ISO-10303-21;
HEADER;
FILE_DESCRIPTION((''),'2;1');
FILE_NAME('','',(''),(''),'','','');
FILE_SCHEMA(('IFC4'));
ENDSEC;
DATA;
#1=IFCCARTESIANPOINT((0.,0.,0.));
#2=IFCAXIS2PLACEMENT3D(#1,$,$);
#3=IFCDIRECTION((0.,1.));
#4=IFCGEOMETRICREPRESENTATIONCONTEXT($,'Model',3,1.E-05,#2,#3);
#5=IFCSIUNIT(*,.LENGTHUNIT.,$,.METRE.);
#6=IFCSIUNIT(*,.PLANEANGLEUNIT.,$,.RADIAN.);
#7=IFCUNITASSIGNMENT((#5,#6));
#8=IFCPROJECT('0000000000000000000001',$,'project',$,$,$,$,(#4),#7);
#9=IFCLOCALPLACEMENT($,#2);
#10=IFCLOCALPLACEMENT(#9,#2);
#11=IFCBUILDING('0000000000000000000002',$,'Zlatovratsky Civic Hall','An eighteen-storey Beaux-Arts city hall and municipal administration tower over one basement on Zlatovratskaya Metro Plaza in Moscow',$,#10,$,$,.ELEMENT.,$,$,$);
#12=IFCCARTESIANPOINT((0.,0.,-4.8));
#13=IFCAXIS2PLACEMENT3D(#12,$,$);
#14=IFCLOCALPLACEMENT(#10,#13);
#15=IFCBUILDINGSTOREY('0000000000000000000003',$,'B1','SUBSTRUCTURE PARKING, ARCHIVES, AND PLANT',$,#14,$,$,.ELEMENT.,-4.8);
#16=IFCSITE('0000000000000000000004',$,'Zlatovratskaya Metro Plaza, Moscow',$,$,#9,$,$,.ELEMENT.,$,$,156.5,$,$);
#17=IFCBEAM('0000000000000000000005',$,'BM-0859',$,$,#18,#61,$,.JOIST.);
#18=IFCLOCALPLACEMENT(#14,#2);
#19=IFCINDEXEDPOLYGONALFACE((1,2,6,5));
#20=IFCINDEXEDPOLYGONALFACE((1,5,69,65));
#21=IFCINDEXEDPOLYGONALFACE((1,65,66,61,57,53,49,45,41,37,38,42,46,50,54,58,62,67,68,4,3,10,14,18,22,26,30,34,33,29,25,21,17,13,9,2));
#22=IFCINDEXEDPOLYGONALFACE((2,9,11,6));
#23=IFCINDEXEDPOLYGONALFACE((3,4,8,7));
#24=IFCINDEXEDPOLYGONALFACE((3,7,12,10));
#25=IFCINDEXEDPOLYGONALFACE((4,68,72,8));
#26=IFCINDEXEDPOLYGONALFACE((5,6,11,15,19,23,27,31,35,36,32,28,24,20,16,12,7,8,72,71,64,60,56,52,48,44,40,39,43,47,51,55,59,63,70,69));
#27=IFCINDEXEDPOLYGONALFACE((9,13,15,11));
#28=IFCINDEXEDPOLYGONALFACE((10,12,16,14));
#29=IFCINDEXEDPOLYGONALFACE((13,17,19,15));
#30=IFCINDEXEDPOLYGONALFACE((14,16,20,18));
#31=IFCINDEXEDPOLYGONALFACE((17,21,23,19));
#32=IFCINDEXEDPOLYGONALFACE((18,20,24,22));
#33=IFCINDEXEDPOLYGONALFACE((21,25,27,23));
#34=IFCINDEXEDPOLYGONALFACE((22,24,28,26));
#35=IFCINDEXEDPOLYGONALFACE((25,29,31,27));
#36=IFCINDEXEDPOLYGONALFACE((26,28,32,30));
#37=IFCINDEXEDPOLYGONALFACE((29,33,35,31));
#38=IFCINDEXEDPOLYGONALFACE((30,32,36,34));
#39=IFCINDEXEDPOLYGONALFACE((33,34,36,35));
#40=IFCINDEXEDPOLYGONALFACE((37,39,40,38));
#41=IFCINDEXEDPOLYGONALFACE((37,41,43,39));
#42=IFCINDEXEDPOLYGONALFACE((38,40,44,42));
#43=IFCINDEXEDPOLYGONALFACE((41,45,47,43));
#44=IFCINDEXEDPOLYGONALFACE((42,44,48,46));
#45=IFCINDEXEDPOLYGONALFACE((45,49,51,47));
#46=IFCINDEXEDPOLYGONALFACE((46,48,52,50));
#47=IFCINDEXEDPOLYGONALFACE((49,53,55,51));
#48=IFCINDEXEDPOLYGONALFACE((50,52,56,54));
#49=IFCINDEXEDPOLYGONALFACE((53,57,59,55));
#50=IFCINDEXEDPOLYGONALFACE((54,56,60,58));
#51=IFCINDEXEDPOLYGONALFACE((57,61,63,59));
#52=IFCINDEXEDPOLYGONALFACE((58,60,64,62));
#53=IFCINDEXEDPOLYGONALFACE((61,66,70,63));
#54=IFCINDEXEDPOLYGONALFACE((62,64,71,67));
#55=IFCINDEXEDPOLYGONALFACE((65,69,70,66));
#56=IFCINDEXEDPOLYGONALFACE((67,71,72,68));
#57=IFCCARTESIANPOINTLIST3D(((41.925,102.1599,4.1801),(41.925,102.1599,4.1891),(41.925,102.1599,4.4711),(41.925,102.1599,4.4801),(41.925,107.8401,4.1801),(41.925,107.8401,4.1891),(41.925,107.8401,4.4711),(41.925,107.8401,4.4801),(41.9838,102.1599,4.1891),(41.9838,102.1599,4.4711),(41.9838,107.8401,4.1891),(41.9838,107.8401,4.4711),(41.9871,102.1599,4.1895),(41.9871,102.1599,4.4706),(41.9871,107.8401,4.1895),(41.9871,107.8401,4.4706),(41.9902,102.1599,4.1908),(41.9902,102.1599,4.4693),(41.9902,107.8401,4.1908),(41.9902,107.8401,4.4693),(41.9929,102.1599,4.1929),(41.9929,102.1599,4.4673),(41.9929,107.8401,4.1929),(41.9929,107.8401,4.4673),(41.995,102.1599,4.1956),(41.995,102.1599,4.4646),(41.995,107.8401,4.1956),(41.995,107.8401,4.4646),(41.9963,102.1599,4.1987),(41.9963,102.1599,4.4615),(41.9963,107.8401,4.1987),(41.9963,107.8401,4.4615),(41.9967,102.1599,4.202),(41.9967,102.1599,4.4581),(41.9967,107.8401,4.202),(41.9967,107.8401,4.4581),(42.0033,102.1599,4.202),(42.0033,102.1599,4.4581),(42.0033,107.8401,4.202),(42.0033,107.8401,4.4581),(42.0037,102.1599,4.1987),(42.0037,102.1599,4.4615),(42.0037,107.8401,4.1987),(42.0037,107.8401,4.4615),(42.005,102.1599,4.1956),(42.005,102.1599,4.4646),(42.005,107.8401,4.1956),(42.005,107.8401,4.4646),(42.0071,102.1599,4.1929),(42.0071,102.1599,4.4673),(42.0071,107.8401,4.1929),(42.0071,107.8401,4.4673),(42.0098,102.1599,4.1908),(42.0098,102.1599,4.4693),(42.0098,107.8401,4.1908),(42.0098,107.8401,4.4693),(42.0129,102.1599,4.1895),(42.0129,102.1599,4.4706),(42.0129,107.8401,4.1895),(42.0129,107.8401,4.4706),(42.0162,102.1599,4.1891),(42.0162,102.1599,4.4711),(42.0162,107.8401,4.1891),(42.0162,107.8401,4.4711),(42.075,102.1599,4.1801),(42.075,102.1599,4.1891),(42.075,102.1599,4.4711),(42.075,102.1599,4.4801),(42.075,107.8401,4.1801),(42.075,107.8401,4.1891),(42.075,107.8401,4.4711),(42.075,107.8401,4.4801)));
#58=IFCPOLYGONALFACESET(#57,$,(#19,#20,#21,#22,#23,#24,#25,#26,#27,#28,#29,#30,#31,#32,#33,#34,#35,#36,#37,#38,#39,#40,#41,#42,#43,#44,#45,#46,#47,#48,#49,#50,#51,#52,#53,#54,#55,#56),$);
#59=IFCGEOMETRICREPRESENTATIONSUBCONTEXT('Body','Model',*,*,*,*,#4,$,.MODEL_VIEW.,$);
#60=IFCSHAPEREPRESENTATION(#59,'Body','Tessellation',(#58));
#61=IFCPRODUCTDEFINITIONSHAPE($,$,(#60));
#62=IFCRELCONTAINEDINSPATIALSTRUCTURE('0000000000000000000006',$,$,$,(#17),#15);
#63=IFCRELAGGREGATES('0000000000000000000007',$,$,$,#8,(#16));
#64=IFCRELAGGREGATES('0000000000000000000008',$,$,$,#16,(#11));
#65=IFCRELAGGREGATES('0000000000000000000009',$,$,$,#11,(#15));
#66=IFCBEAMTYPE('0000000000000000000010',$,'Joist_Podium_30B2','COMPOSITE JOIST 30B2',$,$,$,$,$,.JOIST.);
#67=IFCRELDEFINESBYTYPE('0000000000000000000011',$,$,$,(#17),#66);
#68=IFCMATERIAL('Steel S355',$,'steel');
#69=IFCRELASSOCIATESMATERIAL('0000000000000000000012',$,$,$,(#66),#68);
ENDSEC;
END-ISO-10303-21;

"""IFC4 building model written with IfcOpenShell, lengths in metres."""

from ifc_helpers import new_model, si_unit, direction, frame, origin, origin_2d, place, context, subcontext, project, spatial, i_section, extrude, material, material_profile, profile_set, type_object, element, save


model = new_model("IFC4")

# Units and contexts
model_context = context("Model", 3, precision=1e-05, world=origin(), true_north=direction((0.0, 1.0)))
body_context = subcontext(model_context, "Body", "Model", "MODEL_VIEW")
ifc_project = project(units=[si_unit("LENGTHUNIT", "METRE"), si_unit("PLANEANGLEUNIT", "RADIAN")], contexts=[model_context])

# Site, building, storey
site_placement = place(None, origin())
site = spatial("IfcSite", under=ifc_project, at=site_placement, Name="Zlatovratskaya Metro Plaza, Moscow", CompositionType="ELEMENT", RefElevation=156.5)
building_placement = place(site_placement, origin())
building = spatial("IfcBuilding", under=site, at=building_placement, Name="Zlatovratsky Civic Hall", Description="An eighteen-storey Beaux-Arts city hall and municipal administration tower over one basement on Zlatovratskaya Metro Plaza in Moscow", CompositionType="ELEMENT")
storey_placement = place(building_placement, frame((0.0, 0.0, -4.8)))
storey = spatial("IfcBuildingStorey", under=building, at=storey_placement, Name="B1", Description="SUBSTRUCTURE PARKING, ARCHIVES, AND PLANT", CompositionType="ELEMENT", Elevation=-4.8)

# Shared definitions
ifc_material_1 = material(Name="Steel S355", Category="steel")

# Beam
ifc_material_profile_1 = material_profile(ifc_material_1, i_section(OverallWidth=0.1499, OverallDepth=0.3, WebThickness=0.0066, FlangeThickness=0.009, FilletRadius=0.0129, at=origin_2d()), Name="30B2")
ifc_profile_set_1 = profile_set([ifc_material_profile_1], Name="Steel S355")
beam_type_1 = type_object("IfcBeamType", Name="Joist_Podium_30B2", Description="COMPOSITE JOIST 30B2", PredefinedType="JOIST", material=ifc_profile_set_1)
for number, where, z_axis, x_axis, name in (
    (1, (42.0, 102.1599, 4.3301), (0.0, 1.0, 0.0), (-1.0, 0.0, 0.0), "BM-0859"),
):
    element("IfcBeam", number, at=place(storey_placement, frame(where, z_axis=z_axis, x_axis=x_axis)), inside=storey, type_object=beam_type_1, Name=name, PredefinedType="JOIST", context=body_context, shape_type="SweptSolid", body=[
        extrude(i_section(OverallWidth=0.1499, OverallDepth=0.3, WebThickness=0.0066, FlangeThickness=0.009, FilletRadius=0.0129, at=origin_2d()), origin(), (0.0, 0.0, 1.0), 5.6802),
    ])

save(model, "model.ifc")
